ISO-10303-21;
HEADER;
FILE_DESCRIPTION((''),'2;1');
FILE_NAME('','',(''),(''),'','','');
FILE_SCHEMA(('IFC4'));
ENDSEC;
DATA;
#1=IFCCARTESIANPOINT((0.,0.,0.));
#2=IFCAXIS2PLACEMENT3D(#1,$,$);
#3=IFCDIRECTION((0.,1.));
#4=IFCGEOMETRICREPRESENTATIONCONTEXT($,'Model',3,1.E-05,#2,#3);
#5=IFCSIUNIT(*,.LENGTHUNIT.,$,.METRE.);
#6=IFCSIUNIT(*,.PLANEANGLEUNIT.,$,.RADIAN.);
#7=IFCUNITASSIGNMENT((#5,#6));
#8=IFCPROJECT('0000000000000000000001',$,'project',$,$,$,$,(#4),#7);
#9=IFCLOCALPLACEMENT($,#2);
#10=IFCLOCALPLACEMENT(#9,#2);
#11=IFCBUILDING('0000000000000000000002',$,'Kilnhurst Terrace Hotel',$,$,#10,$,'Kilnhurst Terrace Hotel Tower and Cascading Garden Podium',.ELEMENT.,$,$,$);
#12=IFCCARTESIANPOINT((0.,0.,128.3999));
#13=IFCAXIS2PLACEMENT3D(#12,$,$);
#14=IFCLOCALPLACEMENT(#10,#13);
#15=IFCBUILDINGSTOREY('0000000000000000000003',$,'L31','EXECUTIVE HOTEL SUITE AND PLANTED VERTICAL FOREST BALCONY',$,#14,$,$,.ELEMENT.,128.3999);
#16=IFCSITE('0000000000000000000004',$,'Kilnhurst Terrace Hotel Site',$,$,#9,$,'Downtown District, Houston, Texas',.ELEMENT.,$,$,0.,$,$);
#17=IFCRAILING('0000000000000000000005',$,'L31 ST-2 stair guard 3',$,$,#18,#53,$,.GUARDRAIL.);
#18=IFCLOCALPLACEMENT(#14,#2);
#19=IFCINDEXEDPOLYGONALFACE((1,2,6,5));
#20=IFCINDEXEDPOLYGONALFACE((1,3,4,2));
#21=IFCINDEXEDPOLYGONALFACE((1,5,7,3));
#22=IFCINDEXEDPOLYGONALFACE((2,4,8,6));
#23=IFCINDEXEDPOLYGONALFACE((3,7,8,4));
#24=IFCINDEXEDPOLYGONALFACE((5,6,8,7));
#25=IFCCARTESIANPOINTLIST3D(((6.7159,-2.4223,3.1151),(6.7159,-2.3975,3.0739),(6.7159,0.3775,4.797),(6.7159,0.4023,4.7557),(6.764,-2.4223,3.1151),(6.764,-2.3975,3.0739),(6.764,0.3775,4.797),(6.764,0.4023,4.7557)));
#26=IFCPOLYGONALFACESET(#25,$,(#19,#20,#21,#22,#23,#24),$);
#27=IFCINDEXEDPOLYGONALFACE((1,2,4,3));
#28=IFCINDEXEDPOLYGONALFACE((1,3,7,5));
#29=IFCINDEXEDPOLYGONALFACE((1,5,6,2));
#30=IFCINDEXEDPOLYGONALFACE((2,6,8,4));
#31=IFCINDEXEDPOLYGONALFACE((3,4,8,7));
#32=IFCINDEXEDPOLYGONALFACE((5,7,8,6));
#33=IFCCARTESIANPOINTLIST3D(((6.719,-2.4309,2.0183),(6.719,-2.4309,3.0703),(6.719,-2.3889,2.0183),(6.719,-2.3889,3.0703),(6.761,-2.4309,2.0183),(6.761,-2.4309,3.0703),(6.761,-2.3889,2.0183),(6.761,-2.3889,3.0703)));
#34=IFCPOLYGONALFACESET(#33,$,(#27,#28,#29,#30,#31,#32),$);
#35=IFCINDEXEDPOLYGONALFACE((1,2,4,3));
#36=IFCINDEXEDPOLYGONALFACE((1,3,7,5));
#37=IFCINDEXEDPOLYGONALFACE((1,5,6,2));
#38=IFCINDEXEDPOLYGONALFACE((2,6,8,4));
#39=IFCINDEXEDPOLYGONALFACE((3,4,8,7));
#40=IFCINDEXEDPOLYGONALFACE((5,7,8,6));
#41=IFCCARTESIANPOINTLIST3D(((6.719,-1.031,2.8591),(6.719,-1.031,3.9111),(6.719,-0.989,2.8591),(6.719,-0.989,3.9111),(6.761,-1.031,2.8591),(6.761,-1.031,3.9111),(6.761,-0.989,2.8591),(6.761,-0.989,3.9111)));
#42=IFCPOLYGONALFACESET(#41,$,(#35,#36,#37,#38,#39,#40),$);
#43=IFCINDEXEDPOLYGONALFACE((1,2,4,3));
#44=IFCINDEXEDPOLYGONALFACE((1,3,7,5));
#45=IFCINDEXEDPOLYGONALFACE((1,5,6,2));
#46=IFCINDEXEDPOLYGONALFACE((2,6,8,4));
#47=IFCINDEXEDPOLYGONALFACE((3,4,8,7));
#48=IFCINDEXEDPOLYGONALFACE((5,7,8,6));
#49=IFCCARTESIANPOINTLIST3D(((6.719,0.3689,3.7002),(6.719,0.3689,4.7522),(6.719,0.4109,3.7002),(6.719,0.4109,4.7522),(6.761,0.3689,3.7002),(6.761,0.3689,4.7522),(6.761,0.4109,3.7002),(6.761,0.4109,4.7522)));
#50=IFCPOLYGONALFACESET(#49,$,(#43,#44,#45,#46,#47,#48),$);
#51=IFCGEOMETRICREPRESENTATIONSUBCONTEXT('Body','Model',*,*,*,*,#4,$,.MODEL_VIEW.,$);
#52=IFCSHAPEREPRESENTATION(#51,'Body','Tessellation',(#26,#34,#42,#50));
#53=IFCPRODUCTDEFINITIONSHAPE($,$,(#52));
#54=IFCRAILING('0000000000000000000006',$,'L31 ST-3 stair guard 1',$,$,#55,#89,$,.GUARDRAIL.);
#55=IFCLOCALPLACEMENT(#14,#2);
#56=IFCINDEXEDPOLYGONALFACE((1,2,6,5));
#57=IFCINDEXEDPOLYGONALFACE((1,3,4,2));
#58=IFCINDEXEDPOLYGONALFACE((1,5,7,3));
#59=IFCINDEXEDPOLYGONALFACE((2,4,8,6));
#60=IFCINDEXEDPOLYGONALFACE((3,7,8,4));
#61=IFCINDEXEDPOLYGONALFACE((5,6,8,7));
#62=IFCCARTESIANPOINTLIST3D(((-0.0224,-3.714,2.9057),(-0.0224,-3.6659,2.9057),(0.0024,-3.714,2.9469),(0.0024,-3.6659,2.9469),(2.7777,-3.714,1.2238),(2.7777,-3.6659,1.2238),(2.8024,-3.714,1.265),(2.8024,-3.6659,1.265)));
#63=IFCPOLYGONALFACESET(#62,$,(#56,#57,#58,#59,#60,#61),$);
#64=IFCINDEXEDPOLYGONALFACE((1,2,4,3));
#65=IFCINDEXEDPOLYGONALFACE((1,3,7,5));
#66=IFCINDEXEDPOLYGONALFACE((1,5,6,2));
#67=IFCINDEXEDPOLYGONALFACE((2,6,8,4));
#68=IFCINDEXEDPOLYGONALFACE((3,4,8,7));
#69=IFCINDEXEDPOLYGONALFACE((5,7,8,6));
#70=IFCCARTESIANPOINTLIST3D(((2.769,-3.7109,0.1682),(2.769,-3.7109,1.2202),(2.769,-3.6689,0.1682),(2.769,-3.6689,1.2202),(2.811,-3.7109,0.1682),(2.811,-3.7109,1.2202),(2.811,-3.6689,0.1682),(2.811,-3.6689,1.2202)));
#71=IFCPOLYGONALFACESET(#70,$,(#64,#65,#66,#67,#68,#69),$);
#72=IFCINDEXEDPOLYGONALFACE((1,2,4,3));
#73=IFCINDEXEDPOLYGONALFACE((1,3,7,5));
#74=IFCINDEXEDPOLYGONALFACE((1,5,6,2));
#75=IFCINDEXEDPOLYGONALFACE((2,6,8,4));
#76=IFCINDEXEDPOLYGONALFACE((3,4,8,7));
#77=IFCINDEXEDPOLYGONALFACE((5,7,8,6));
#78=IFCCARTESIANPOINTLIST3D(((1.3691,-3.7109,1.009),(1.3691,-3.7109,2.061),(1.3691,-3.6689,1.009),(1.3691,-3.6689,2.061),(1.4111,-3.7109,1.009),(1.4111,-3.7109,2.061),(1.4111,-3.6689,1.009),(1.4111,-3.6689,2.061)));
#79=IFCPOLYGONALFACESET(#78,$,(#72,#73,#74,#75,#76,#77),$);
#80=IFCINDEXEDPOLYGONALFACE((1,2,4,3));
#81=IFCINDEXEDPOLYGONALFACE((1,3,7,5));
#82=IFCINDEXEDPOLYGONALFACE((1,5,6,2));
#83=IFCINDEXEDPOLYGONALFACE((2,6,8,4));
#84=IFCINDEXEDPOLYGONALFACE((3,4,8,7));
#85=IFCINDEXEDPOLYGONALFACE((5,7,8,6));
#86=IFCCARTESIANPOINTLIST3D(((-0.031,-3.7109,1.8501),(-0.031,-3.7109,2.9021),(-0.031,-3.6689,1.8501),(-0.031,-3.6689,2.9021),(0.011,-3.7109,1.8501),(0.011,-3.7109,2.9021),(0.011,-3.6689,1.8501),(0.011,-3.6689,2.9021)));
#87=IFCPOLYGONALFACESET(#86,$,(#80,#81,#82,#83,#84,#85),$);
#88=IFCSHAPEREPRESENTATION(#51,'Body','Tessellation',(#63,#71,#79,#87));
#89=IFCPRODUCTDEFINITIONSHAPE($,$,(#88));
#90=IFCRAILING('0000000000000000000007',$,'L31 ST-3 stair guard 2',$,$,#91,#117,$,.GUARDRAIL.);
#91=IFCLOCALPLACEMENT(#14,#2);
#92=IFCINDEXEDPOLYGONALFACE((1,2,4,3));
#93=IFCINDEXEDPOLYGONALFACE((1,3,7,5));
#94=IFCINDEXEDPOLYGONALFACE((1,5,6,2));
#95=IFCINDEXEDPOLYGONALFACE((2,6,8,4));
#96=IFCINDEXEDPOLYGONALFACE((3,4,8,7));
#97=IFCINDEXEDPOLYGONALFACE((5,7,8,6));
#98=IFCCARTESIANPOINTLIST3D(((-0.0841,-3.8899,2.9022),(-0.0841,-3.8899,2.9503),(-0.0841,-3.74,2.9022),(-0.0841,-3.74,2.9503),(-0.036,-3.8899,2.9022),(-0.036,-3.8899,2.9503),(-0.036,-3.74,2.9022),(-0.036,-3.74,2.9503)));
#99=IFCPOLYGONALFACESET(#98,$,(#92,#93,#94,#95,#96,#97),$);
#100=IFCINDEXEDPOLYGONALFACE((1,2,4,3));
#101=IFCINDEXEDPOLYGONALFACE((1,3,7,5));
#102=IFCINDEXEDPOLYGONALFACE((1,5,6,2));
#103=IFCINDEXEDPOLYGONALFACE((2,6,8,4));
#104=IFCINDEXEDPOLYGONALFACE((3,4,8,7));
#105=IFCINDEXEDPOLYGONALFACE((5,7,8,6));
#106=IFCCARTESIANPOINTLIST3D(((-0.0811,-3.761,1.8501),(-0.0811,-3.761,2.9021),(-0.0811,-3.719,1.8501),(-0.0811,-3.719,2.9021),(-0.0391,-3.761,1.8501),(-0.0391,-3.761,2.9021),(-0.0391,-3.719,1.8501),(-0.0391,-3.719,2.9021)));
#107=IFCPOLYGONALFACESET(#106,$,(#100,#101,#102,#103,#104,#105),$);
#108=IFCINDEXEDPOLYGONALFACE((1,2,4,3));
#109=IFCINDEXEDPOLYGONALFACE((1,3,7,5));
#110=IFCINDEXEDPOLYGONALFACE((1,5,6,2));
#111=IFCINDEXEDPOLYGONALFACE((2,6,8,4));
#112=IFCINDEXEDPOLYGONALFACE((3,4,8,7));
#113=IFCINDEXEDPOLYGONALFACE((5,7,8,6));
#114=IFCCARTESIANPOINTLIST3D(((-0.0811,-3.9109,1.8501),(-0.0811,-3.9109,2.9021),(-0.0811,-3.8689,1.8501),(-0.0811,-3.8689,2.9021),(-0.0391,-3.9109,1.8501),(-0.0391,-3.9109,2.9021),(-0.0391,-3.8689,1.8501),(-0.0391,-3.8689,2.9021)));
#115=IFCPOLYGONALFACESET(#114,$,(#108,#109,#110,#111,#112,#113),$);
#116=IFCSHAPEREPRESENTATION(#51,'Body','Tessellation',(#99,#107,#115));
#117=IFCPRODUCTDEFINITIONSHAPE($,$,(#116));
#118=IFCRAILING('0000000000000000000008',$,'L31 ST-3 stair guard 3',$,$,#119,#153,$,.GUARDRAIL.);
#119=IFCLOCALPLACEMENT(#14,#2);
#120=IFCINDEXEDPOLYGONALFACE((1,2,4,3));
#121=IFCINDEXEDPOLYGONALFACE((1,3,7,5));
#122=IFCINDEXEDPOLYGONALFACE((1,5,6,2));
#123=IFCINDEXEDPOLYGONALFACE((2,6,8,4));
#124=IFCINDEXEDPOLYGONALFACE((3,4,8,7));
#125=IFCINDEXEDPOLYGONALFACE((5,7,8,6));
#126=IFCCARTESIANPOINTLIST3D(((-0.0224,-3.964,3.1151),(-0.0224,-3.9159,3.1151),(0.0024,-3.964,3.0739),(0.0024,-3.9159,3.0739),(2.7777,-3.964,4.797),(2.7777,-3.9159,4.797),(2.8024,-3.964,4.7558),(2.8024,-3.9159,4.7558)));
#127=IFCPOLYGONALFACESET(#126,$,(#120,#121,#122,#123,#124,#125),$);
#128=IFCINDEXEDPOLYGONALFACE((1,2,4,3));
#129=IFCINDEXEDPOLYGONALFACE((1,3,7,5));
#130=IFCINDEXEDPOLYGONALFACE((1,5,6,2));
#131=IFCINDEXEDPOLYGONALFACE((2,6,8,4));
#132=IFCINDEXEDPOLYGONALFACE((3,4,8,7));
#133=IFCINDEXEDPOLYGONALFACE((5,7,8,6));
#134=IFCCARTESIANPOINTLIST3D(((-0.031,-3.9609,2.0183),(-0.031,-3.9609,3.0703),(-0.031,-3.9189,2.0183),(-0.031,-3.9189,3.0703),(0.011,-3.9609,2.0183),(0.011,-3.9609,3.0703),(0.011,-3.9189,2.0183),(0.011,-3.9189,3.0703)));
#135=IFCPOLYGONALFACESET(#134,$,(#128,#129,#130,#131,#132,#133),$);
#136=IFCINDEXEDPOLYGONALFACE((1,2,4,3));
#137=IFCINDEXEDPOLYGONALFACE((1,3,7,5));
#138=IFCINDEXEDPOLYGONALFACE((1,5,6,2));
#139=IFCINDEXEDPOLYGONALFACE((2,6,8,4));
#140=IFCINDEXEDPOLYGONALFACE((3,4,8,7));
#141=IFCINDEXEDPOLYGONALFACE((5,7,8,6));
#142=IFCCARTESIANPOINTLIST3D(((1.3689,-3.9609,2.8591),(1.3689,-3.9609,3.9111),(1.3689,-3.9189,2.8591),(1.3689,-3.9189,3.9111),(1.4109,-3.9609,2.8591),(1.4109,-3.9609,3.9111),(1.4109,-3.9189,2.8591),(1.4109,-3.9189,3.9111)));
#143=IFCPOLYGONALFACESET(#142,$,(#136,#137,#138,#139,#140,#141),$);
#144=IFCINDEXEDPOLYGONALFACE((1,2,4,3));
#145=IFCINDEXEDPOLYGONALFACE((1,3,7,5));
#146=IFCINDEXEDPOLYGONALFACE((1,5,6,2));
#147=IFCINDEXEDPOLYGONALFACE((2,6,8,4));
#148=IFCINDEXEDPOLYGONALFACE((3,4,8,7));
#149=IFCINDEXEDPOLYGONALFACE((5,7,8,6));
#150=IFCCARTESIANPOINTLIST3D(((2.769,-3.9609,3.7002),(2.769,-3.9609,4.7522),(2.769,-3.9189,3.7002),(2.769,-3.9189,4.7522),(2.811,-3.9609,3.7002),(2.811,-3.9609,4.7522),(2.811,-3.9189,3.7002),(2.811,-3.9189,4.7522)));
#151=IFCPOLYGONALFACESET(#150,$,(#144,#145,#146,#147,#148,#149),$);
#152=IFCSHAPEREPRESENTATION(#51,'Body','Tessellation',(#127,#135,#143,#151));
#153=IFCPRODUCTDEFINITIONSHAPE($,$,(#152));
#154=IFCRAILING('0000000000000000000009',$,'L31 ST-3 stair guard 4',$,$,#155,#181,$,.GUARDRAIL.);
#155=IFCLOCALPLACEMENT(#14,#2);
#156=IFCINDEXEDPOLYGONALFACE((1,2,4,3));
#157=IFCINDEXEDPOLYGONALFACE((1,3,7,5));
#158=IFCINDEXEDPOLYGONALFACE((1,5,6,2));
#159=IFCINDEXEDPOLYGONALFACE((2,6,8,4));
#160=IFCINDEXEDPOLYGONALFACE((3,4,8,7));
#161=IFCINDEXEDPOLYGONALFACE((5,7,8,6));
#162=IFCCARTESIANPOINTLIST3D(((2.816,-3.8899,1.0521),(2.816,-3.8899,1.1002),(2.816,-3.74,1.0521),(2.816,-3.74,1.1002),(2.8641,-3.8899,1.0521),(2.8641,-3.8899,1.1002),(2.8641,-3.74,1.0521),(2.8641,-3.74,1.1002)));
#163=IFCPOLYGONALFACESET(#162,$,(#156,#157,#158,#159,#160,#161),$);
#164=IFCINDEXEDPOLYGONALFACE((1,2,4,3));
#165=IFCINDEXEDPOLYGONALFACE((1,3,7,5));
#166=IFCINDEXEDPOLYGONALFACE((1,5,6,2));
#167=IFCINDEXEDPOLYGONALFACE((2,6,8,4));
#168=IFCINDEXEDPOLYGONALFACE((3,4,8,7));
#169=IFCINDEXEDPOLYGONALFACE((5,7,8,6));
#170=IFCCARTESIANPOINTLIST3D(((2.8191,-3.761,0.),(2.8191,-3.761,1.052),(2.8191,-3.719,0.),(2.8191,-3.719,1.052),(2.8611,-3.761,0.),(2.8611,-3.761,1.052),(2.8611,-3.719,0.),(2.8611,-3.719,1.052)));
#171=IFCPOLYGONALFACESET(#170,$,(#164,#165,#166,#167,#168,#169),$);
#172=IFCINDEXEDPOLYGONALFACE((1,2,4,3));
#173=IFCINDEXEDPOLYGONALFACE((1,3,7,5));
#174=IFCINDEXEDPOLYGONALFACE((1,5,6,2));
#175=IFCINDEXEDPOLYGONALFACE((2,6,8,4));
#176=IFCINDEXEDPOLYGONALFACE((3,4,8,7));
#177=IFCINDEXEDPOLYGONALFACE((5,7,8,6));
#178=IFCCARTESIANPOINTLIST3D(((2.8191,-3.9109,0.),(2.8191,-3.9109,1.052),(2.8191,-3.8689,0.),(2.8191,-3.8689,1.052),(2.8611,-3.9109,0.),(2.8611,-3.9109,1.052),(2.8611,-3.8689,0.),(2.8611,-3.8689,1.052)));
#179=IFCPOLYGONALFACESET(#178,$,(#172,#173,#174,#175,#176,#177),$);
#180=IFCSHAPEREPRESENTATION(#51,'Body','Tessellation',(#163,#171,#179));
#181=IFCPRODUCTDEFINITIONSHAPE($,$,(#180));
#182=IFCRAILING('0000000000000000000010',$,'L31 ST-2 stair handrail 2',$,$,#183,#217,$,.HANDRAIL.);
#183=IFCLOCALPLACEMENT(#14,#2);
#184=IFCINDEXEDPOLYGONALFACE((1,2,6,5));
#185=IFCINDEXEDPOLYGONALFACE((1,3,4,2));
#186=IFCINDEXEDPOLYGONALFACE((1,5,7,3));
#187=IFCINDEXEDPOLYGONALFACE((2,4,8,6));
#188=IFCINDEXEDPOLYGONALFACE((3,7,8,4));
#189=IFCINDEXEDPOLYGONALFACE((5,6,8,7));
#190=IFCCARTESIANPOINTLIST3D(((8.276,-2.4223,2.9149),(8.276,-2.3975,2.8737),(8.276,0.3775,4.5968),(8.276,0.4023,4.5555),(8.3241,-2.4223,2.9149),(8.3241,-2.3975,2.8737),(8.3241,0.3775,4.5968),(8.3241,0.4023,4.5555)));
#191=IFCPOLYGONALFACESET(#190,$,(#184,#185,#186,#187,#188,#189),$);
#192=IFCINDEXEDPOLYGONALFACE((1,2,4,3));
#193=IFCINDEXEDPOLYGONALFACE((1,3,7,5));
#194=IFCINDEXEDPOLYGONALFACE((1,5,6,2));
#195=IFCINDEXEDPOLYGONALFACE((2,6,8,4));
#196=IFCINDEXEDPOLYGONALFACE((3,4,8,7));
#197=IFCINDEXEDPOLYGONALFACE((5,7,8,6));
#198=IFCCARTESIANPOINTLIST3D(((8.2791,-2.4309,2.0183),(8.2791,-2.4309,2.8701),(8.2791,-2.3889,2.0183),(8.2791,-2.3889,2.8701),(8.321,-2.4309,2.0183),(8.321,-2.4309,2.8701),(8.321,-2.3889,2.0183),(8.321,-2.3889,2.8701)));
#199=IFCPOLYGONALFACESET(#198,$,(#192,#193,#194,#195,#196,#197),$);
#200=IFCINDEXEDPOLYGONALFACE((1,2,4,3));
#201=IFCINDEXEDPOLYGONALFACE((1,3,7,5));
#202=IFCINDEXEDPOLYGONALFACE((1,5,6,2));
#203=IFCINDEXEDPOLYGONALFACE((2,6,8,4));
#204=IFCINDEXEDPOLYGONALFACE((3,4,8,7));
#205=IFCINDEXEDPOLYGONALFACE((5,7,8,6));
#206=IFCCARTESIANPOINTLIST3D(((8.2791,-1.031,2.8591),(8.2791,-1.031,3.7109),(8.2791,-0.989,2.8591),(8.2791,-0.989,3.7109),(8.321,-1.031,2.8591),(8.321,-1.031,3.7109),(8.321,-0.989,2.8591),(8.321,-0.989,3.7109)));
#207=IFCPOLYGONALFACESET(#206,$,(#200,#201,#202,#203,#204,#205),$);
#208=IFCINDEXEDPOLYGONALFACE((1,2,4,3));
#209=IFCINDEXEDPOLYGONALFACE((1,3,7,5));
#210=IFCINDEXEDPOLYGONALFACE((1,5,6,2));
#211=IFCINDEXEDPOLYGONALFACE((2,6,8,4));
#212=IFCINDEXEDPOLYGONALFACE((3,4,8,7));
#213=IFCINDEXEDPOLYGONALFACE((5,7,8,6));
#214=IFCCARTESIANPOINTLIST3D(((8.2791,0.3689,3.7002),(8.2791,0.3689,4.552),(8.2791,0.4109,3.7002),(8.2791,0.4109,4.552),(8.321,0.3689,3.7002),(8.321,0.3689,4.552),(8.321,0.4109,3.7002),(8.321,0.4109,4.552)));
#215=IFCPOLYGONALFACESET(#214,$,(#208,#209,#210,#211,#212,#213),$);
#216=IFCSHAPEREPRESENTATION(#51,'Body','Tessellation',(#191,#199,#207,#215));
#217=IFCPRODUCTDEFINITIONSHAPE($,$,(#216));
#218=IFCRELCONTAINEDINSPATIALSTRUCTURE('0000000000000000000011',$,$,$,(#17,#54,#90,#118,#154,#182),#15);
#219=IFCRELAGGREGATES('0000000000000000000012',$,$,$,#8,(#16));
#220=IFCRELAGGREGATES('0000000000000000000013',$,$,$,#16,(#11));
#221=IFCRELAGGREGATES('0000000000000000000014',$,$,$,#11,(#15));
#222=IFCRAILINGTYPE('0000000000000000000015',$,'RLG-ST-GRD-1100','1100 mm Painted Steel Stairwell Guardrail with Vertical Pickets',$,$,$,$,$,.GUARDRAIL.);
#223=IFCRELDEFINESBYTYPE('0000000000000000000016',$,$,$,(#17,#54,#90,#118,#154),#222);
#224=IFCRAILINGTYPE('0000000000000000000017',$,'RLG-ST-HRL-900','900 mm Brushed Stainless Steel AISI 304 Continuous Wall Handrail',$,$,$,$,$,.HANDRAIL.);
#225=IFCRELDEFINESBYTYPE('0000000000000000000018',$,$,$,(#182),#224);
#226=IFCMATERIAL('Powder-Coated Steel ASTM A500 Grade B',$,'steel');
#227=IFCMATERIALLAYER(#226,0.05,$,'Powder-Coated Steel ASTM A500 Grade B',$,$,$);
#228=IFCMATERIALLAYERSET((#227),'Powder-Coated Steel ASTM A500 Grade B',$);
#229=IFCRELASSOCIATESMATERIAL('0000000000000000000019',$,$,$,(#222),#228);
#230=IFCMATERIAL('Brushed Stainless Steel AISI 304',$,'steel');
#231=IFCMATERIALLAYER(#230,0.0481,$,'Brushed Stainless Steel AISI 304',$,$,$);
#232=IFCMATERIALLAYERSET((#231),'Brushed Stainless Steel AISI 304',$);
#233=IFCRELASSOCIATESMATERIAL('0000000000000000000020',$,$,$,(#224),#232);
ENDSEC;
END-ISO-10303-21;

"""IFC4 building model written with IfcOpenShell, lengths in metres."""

from ifc_helpers import new_model, si_unit, direction, frame, origin, origin_2d, place, context, subcontext, project, spatial, rectangle, extrude, material, layer, layer_set, type_object, element, save


model = new_model("IFC4")

# Units and contexts
model_context = context("Model", 3, precision=1e-05, world=origin(), true_north=direction((0.0, 1.0)))
body_context = subcontext(model_context, "Body", "Model", "MODEL_VIEW")
ifc_project = project(units=[si_unit("LENGTHUNIT", "METRE"), si_unit("PLANEANGLEUNIT", "RADIAN")], contexts=[model_context])

# Site, building, storey
site_placement = place(None, origin())
site = spatial("IfcSite", under=ifc_project, at=site_placement, Name="Kilnhurst Terrace Hotel Site", LongName="Downtown District, Houston, Texas", CompositionType="ELEMENT", RefElevation=0.0)
building_placement = place(site_placement, origin())
building = spatial("IfcBuilding", under=site, at=building_placement, Name="Kilnhurst Terrace Hotel", LongName="Kilnhurst Terrace Hotel Tower and Cascading Garden Podium", CompositionType="ELEMENT")
storey_placement = place(building_placement, frame((0.0, 0.0, 128.3999)))
storey = spatial("IfcBuildingStorey", under=building, at=storey_placement, Name="L31", Description="EXECUTIVE HOTEL SUITE AND PLANTED VERTICAL FOREST BALCONY", CompositionType="ELEMENT", Elevation=128.3999)

# Railings
ifc_material_1 = material(Name="Powder-Coated Steel ASTM A500 Grade B", Category="steel")
ifc_layer_1 = layer(ifc_material_1, 0.05, Name="Powder-Coated Steel ASTM A500 Grade B")
ifc_layer_set_1 = layer_set([ifc_layer_1], Name="Powder-Coated Steel ASTM A500 Grade B")
railing_type_1 = type_object("IfcRailingType", Name="RLG-ST-GRD-1100", Description="1100 mm Painted Steel Stairwell Guardrail with Vertical Pickets", PredefinedType="GUARDRAIL", material=ifc_layer_set_1)
railing_1_placement = place(storey_placement, frame((6.74, -2.4099, 2.0183)))
element("IfcRailing", 1, at=railing_1_placement, inside=storey, type_object=railing_type_1, Name="L31 ST-2 stair guard 3", PredefinedType="GUARDRAIL", context=body_context, shape_type="SweptSolid", body=[
    extrude(rectangle(XDim=0.0481, YDim=0.0481, at=origin_2d()), frame((0.0, 0.0, 1.0762), z_axis=(0.0, 0.857222, 0.514946), x_axis=(-1.0, 0.0, 0.0)), (0.0, 0.0, 1.0), 3.2661),
    extrude(rectangle(XDim=0.042, YDim=0.042, at=origin_2d()), origin(), (0.0, 0.0, 1.0), 1.052),
    extrude(rectangle(XDim=0.042, YDim=0.042, at=origin_2d()), frame((0.0, 1.3999, 0.8408)), (0.0, 0.0, 1.0), 1.052),
    extrude(rectangle(XDim=0.042, YDim=0.042, at=origin_2d()), frame((0.0, 2.7998, 1.6819)), (0.0, 0.0, 1.0), 1.052),
])
railing_2_placement = place(storey_placement, frame((2.79, -3.6899, 0.1682)))
element("IfcRailing", 2, at=railing_2_placement, inside=storey, type_object=railing_type_1, Name="L31 ST-3 stair guard 1", PredefinedType="GUARDRAIL", context=body_context, shape_type="SweptSolid", body=[
    extrude(rectangle(XDim=0.0481, YDim=0.0481, at=origin_2d()), frame((0.0, 0.0, 1.0762), z_axis=(-0.857242, 0.0, 0.514913), x_axis=(0.0, -1.0, 0.0)), (0.0, 0.0, 1.0), 3.2664),
    extrude(rectangle(XDim=0.042, YDim=0.042, at=origin_2d()), origin(), (0.0, 0.0, 1.0), 1.052),
    extrude(rectangle(XDim=0.042, YDim=0.042, at=origin_2d()), frame((-1.3999, 0.0, 0.8408)), (0.0, 0.0, 1.0), 1.052),
    extrude(rectangle(XDim=0.042, YDim=0.042, at=origin_2d()), frame((-2.8, 0.0, 1.6819)), (0.0, 0.0, 1.0), 1.052),
])
railing_3_placement = place(storey_placement, frame((-0.0601, -3.74, 1.8501)))
element("IfcRailing", 3, at=railing_3_placement, inside=storey, type_object=railing_type_1, Name="L31 ST-3 stair guard 2", PredefinedType="GUARDRAIL", context=body_context, shape_type="SweptSolid", body=[
    extrude(rectangle(XDim=0.0481, YDim=0.0481, at=origin_2d()), frame((0.0, 0.0, 1.0762), z_axis=(0.0, -1.0, 0.0), x_axis=(1.0, 0.0, 0.0)), (0.0, 0.0, 1.0), 0.1499),
    extrude(rectangle(XDim=0.042, YDim=0.042, at=origin_2d()), origin(), (0.0, 0.0, 1.0), 1.052),
    extrude(rectangle(XDim=0.042, YDim=0.042, at=origin_2d()), frame((0.0, -0.1499, 0.0)), (0.0, 0.0, 1.0), 1.052),
])
railing_4_placement = place(storey_placement, frame((-0.01, -3.9399, 2.0183)))
element("IfcRailing", 4, at=railing_4_placement, inside=storey, type_object=railing_type_1, Name="L31 ST-3 stair guard 3", PredefinedType="GUARDRAIL", context=body_context, shape_type="SweptSolid", body=[
    extrude(rectangle(XDim=0.0481, YDim=0.0481, at=origin_2d()), frame((0.0, 0.0, 1.0762), z_axis=(0.857242, 0.0, 0.514913), x_axis=(0.0, 1.0, 0.0)), (0.0, 0.0, 1.0), 3.2664),
    extrude(rectangle(XDim=0.042, YDim=0.042, at=origin_2d()), origin(), (0.0, 0.0, 1.0), 1.052),
    extrude(rectangle(XDim=0.042, YDim=0.042, at=origin_2d()), frame((1.3999, 0.0, 0.8408)), (0.0, 0.0, 1.0), 1.052),
    extrude(rectangle(XDim=0.042, YDim=0.042, at=origin_2d()), frame((2.8, 0.0, 1.6819)), (0.0, 0.0, 1.0), 1.052),
])
railing_5_placement = place(storey_placement, frame((2.8401, -3.74, 0.0)))
element("IfcRailing", 5, at=railing_5_placement, inside=storey, type_object=railing_type_1, Name="L31 ST-3 stair guard 4", PredefinedType="GUARDRAIL", context=body_context, shape_type="SweptSolid", body=[
    extrude(rectangle(XDim=0.0481, YDim=0.0481, at=origin_2d()), frame((0.0, 0.0, 1.0762), z_axis=(0.0, -1.0, 0.0), x_axis=(1.0, 0.0, 0.0)), (0.0, 0.0, 1.0), 0.1499),
    extrude(rectangle(XDim=0.042, YDim=0.042, at=origin_2d()), origin(), (0.0, 0.0, 1.0), 1.052),
    extrude(rectangle(XDim=0.042, YDim=0.042, at=origin_2d()), frame((0.0, -0.1499, 0.0)), (0.0, 0.0, 1.0), 1.052),
])
ifc_material_2 = material(Name="Brushed Stainless Steel AISI 304", Category="steel")
ifc_layer_2 = layer(ifc_material_2, 0.0481, Name="Brushed Stainless Steel AISI 304")
ifc_layer_set_2 = layer_set([ifc_layer_2], Name="Brushed Stainless Steel AISI 304")
railing_type_2 = type_object("IfcRailingType", Name="RLG-ST-HRL-900", Description="900 mm Brushed Stainless Steel AISI 304 Continuous Wall Handrail", PredefinedType="HANDRAIL", material=ifc_layer_set_2)
railing_6_placement = place(storey_placement, frame((8.3, -2.4099, 2.0183)))
element("IfcRailing", 6, at=railing_6_placement, inside=storey, type_object=railing_type_2, Name="L31 ST-2 stair handrail 2", PredefinedType="HANDRAIL", context=body_context, shape_type="SweptSolid", body=[
    extrude(rectangle(XDim=0.0481, YDim=0.0481, at=origin_2d()), frame((0.0, 0.0, 0.876), z_axis=(0.0, 0.857222, 0.514946), x_axis=(-1.0, 0.0, 0.0)), (0.0, 0.0, 1.0), 3.2661),
    extrude(rectangle(XDim=0.042, YDim=0.042, at=origin_2d()), origin(), (0.0, 0.0, 1.0), 0.8518),
    extrude(rectangle(XDim=0.042, YDim=0.042, at=origin_2d()), frame((0.0, 1.3999, 0.8408)), (0.0, 0.0, 1.0), 0.8518),
    extrude(rectangle(XDim=0.042, YDim=0.042, at=origin_2d()), frame((0.0, 2.7998, 1.6819)), (0.0, 0.0, 1.0), 0.8518),
])

save(model, "model.ifc")
